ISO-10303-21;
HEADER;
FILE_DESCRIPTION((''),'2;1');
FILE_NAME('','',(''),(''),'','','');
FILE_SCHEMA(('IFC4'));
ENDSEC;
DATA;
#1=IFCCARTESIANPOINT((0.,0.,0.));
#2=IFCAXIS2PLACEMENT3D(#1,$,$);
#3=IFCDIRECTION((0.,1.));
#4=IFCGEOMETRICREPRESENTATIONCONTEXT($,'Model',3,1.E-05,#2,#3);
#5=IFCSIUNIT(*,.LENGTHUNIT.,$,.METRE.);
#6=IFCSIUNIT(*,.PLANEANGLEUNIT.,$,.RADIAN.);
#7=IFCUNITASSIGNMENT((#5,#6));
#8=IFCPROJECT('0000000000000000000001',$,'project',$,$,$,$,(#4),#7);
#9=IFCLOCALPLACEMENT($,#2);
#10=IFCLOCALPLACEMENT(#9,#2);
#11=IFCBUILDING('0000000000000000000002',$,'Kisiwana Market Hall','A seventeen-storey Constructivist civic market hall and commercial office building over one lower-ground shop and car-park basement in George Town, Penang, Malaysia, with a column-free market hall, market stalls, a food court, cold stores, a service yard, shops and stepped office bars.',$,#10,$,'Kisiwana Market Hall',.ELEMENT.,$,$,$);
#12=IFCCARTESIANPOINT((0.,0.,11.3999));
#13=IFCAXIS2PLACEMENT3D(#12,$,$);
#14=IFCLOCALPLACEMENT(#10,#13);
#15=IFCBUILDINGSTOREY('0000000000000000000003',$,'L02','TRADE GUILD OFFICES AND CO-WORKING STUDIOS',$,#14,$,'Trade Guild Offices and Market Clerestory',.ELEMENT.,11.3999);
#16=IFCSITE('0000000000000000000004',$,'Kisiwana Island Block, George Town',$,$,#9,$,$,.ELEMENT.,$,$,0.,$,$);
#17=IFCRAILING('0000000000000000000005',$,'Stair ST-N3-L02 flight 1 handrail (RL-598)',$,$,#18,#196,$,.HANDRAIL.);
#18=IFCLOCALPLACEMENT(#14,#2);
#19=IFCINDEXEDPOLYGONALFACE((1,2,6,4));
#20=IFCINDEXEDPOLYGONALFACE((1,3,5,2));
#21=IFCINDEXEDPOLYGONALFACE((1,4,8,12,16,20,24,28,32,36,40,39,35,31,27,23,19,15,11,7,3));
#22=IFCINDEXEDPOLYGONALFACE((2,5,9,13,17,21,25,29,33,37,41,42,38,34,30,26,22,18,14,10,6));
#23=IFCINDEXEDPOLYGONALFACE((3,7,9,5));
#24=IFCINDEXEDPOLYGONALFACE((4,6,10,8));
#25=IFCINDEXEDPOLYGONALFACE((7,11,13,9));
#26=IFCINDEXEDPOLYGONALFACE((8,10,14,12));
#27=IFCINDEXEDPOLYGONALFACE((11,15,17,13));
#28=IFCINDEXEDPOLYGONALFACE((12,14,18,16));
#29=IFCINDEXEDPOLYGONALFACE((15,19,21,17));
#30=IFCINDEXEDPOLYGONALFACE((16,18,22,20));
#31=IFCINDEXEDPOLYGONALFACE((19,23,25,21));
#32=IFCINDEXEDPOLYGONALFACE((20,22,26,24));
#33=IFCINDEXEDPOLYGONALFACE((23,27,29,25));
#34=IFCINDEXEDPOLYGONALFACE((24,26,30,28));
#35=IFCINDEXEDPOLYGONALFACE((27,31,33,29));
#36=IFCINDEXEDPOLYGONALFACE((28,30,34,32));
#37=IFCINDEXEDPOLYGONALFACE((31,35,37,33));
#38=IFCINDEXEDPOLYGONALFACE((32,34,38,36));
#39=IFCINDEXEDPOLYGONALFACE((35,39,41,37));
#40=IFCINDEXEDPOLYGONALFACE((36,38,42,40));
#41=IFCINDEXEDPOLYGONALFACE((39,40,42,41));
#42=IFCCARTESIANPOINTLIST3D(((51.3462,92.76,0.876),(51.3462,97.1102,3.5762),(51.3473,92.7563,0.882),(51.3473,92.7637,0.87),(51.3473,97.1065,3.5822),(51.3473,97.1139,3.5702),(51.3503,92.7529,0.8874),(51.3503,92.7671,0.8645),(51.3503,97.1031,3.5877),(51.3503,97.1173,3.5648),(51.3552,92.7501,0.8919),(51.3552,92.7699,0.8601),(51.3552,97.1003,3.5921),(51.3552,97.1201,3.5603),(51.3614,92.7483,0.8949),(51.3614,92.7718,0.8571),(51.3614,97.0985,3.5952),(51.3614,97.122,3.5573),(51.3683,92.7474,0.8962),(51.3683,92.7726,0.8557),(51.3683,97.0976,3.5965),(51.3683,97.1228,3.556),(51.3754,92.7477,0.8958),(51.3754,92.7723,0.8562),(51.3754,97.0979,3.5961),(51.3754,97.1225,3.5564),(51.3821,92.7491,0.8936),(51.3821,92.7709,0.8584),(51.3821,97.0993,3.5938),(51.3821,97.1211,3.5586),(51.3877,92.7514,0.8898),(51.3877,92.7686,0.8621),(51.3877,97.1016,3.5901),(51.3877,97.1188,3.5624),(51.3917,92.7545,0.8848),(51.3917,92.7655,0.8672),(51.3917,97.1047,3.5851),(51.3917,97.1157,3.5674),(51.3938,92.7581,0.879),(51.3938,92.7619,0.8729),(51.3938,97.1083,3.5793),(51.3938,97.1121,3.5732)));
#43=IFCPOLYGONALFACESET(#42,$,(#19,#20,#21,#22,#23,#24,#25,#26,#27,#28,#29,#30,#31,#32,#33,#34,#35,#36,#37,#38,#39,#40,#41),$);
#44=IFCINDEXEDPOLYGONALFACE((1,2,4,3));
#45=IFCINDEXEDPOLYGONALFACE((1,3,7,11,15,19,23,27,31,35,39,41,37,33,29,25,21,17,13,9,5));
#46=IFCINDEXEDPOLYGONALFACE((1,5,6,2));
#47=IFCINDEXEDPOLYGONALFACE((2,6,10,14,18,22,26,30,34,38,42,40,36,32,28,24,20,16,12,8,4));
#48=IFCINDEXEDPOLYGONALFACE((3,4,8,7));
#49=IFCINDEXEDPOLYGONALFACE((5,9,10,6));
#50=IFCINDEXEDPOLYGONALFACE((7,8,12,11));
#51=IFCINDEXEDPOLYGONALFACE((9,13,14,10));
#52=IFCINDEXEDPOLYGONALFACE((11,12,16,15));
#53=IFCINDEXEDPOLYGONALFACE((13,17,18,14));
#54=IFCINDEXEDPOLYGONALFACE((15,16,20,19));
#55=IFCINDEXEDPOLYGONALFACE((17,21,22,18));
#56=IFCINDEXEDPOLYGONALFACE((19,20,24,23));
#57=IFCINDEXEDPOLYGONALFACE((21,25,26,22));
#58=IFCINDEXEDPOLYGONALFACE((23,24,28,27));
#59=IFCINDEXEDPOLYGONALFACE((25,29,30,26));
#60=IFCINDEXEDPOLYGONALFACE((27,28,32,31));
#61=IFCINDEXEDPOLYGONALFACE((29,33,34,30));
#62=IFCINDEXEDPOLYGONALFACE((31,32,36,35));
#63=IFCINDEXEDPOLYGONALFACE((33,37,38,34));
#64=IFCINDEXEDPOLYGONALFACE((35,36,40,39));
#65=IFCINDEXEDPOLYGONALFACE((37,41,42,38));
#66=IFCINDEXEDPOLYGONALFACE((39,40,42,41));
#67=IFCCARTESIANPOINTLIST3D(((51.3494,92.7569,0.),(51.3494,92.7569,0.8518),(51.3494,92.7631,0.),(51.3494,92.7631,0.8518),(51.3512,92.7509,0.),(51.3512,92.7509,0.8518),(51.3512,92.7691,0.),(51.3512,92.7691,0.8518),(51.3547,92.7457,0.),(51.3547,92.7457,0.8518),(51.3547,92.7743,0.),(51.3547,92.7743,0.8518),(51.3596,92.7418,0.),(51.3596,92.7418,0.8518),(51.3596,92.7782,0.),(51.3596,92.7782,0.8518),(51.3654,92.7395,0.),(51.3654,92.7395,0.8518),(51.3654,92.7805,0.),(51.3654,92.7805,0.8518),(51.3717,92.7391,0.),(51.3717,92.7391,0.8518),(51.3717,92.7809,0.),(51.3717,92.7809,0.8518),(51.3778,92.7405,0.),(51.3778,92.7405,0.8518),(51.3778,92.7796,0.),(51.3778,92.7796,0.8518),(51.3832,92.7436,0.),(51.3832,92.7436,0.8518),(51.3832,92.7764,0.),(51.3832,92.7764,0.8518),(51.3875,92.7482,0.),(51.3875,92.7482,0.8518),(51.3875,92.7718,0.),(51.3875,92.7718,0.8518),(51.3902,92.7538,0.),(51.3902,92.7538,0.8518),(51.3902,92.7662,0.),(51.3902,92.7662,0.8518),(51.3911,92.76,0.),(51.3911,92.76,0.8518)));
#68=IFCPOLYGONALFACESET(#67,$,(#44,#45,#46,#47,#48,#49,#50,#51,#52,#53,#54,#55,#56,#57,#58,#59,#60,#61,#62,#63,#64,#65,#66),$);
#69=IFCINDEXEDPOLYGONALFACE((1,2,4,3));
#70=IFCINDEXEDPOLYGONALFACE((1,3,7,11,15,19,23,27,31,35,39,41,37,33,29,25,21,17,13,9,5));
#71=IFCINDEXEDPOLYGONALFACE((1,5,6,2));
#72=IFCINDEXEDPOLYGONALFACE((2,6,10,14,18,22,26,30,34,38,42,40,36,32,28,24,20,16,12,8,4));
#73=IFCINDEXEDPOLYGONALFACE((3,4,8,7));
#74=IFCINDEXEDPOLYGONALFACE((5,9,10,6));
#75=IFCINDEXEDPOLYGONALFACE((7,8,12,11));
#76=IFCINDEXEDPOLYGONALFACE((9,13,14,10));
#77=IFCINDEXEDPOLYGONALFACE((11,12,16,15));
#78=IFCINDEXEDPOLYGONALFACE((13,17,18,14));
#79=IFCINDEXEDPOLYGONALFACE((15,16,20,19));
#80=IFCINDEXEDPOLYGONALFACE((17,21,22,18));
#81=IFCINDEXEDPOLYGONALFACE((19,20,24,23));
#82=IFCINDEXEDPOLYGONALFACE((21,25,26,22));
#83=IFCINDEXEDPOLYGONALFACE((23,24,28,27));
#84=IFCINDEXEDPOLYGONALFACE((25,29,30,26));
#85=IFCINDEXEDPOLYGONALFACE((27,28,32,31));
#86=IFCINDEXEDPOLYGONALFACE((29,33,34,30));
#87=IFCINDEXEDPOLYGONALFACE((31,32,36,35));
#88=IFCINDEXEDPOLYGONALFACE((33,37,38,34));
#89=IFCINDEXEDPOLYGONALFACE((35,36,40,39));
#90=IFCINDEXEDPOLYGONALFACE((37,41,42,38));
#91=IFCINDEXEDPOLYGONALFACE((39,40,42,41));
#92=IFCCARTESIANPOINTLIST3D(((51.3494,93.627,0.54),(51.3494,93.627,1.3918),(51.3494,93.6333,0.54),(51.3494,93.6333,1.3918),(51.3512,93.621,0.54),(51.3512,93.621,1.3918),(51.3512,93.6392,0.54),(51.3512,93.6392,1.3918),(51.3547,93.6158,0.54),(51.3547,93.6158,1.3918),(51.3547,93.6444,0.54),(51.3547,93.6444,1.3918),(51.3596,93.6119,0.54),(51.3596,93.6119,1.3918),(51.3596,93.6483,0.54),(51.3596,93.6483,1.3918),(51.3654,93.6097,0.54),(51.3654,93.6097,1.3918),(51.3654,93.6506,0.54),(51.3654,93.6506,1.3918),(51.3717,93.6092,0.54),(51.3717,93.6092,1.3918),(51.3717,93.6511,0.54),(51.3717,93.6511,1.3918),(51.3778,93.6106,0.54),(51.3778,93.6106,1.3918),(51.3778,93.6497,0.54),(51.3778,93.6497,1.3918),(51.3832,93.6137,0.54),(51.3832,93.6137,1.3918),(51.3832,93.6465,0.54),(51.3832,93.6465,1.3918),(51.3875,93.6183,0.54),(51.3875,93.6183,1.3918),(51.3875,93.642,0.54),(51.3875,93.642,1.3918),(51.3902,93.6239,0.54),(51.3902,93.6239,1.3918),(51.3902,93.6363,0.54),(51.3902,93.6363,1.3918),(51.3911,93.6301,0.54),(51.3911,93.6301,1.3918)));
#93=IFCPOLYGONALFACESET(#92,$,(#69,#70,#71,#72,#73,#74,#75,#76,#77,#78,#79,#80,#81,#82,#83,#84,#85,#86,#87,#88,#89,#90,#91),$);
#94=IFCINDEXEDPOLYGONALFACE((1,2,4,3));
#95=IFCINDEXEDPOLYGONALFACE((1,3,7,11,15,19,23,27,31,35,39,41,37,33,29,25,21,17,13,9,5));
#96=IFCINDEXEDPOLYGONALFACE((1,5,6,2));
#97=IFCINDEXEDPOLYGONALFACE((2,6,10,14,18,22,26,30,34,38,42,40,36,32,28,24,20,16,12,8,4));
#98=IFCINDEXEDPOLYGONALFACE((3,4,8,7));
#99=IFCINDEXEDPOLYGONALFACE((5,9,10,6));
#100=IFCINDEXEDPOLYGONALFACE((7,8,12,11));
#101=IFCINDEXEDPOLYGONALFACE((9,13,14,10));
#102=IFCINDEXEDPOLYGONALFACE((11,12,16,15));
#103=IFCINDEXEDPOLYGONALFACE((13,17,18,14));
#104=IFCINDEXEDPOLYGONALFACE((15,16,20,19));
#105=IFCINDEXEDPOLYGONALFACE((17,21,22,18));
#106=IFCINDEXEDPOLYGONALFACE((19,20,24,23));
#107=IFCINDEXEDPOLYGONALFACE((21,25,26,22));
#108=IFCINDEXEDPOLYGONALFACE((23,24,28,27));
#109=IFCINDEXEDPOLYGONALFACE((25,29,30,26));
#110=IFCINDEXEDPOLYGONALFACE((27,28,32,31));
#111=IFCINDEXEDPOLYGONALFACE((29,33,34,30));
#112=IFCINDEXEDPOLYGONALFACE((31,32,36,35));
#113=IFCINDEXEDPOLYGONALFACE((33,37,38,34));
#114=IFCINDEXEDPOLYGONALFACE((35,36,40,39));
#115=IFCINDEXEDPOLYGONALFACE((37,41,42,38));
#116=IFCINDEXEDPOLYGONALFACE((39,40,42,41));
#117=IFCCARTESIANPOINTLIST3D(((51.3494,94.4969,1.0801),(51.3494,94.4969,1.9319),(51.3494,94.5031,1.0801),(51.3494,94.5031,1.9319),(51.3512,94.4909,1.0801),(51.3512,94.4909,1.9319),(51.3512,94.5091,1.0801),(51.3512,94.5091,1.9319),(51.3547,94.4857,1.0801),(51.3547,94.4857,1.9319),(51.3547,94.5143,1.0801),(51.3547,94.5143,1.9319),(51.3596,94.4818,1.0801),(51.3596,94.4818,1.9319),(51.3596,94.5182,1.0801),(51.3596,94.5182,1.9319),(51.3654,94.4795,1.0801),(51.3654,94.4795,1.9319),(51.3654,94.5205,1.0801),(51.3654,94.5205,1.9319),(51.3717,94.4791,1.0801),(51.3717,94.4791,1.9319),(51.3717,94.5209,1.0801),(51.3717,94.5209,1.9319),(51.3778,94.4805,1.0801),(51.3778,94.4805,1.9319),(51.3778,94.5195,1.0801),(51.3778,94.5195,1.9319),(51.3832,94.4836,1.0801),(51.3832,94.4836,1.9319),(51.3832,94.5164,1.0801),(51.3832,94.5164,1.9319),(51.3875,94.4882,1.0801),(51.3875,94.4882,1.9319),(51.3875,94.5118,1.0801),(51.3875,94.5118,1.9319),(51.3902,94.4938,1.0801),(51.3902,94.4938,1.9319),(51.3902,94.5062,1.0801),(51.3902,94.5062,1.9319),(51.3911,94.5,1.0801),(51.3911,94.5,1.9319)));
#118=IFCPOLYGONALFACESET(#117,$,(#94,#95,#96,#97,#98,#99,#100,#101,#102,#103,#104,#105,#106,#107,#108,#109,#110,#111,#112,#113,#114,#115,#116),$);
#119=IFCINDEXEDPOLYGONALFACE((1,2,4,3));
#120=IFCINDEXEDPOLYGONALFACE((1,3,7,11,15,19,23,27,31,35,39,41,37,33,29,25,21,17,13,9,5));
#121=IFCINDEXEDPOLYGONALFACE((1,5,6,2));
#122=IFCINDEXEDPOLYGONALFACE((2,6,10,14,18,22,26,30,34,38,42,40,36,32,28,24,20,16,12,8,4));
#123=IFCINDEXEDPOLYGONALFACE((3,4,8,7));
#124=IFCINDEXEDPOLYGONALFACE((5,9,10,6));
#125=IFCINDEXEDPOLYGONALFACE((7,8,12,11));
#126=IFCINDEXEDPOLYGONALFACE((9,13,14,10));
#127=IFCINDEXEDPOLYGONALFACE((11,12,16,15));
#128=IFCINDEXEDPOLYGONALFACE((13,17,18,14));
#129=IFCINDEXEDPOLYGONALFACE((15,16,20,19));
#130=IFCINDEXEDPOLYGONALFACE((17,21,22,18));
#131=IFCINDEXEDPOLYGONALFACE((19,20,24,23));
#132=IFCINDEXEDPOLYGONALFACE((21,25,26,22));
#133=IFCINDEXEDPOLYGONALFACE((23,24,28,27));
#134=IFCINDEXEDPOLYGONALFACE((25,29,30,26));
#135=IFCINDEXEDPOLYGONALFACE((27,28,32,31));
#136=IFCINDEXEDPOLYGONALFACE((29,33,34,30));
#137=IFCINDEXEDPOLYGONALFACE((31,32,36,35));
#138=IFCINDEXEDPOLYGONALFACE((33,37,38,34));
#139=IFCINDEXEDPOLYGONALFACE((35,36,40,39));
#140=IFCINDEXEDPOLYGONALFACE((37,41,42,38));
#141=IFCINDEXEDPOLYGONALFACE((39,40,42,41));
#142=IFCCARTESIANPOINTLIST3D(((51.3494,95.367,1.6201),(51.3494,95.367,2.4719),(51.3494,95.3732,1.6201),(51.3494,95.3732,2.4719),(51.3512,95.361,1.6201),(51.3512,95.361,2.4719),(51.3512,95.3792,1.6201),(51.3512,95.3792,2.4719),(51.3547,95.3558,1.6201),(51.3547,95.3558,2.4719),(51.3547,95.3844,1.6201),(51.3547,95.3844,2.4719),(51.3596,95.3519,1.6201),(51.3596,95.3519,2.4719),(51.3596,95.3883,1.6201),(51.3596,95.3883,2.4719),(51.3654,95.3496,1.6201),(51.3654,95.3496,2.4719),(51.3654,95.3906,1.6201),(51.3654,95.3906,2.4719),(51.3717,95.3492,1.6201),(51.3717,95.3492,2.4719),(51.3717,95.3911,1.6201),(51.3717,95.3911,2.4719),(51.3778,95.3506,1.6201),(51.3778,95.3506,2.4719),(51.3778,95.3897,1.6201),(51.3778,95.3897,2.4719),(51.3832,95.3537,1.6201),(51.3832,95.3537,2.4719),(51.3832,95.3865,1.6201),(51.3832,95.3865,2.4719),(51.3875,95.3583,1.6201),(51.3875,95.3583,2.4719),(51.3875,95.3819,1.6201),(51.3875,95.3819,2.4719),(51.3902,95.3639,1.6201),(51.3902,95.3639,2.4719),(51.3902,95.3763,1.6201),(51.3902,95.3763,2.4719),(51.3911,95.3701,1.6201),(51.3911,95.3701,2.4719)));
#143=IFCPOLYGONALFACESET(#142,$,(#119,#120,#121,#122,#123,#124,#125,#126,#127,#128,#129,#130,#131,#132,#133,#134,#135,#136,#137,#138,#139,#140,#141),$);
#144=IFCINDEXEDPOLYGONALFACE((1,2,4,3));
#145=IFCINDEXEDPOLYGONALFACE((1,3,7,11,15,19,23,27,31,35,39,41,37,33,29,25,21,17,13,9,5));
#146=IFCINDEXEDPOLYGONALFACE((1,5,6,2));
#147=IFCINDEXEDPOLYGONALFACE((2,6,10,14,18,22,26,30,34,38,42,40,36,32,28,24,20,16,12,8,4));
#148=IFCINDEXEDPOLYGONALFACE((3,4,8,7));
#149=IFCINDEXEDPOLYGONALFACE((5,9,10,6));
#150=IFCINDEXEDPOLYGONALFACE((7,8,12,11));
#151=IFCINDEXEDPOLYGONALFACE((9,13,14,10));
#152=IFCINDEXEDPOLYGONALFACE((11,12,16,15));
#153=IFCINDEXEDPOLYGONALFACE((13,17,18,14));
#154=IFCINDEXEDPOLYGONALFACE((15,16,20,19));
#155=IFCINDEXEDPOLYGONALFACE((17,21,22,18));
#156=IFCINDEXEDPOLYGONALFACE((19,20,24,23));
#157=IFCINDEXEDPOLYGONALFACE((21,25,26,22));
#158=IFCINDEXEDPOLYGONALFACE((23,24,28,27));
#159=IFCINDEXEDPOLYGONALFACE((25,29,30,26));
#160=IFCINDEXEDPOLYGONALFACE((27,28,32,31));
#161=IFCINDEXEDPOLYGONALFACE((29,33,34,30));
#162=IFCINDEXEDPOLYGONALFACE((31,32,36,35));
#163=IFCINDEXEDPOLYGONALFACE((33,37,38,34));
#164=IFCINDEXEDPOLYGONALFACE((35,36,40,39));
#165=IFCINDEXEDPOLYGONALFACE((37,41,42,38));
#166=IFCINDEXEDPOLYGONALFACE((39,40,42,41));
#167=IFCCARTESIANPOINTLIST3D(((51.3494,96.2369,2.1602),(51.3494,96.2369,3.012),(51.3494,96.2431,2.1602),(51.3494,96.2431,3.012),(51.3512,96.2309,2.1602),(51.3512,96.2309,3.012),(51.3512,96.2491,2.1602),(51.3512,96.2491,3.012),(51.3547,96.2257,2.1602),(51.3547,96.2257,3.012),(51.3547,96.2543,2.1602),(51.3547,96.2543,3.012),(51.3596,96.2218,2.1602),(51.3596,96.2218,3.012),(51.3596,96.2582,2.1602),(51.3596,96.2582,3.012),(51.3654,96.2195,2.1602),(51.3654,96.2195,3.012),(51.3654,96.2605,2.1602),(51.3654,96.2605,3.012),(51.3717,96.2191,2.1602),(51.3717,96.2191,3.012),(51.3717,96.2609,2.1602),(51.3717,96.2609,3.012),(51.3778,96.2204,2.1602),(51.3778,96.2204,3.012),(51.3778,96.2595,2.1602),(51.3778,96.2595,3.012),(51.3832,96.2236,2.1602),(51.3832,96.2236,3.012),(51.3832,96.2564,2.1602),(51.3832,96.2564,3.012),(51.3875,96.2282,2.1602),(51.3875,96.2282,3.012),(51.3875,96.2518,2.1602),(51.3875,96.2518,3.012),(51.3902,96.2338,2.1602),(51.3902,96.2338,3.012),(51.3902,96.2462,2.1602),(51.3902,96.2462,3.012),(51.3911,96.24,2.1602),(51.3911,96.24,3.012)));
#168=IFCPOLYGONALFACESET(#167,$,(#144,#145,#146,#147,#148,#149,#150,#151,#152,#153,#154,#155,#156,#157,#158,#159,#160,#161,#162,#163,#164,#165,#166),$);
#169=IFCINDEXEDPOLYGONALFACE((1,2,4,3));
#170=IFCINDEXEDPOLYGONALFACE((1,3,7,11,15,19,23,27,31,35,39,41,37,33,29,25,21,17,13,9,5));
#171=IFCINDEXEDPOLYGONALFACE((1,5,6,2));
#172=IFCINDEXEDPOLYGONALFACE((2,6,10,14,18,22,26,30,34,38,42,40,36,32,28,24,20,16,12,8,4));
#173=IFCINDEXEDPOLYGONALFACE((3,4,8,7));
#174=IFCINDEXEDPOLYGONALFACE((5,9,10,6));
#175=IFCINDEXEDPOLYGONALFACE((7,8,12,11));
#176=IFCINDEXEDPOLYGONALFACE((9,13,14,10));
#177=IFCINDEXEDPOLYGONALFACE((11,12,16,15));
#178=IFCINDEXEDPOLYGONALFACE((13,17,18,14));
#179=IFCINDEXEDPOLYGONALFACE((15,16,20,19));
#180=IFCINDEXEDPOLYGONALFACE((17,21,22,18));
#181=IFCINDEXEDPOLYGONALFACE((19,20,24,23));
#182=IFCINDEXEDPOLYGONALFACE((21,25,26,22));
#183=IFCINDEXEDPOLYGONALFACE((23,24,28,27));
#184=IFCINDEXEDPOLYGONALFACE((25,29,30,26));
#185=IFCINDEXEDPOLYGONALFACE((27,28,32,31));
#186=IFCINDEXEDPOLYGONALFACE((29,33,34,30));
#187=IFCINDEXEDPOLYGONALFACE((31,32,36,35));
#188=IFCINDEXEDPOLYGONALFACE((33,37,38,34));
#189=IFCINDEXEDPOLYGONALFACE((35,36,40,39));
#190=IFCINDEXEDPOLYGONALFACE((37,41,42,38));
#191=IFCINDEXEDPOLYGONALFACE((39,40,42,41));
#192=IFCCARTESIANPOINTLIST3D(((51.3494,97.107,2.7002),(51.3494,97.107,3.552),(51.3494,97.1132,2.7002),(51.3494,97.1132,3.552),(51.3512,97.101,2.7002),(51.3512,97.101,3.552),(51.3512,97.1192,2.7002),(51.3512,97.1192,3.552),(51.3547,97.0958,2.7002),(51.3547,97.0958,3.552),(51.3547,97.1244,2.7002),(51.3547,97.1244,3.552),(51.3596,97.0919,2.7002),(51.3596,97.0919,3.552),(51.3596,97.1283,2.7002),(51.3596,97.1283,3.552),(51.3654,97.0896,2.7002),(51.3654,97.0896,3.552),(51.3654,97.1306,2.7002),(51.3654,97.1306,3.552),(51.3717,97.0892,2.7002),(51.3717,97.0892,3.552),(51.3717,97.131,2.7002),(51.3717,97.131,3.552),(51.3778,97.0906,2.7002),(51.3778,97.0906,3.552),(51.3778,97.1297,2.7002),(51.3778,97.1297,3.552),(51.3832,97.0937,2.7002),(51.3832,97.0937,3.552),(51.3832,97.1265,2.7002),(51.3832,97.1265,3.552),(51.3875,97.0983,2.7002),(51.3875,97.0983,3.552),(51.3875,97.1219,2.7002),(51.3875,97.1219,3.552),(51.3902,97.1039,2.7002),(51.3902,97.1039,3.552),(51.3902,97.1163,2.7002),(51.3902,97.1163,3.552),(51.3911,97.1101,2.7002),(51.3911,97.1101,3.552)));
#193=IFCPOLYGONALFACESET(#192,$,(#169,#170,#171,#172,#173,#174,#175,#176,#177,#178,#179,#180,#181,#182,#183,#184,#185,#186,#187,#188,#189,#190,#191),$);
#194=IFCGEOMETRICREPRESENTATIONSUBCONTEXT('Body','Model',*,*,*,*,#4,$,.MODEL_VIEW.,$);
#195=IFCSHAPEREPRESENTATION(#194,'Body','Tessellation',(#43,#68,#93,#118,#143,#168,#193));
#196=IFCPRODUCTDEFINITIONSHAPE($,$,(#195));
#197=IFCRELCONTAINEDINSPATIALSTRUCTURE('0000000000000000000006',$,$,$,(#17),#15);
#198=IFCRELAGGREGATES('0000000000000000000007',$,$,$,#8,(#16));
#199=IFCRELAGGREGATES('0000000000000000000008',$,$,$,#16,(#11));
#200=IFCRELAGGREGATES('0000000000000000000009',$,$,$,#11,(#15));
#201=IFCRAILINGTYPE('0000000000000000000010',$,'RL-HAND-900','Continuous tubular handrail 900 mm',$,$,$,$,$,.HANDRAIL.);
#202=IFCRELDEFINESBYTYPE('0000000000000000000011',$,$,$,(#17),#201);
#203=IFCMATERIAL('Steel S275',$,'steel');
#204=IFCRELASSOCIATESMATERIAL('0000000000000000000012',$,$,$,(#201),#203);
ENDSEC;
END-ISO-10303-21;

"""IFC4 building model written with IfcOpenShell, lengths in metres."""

from ifc_helpers import new_model, si_unit, direction, frame, origin, origin_2d, place, context, subcontext, project, spatial, circle, extrude, material, type_object, element, save


model = new_model("IFC4")

# Units and contexts
model_context = context("Model", 3, precision=1e-05, world=origin(), true_north=direction((0.0, 1.0)))
body_context = subcontext(model_context, "Body", "Model", "MODEL_VIEW")
ifc_project = project(units=[si_unit("LENGTHUNIT", "METRE"), si_unit("PLANEANGLEUNIT", "RADIAN")], contexts=[model_context])

# Site, building, storey
site_placement = place(None, origin())
site = spatial("IfcSite", under=ifc_project, at=site_placement, Name="Kisiwana Island Block, George Town", CompositionType="ELEMENT", RefElevation=0.0)
building_placement = place(site_placement, origin())
building = spatial("IfcBuilding", under=site, at=building_placement, Name="Kisiwana Market Hall", Description="A seventeen-storey Constructivist civic market hall and commercial office building over one lower-ground shop and car-park basement in George Town, Penang, Malaysia, with a column-free market hall, market stalls, a food court, cold stores, a service yard, shops and stepped office bars.", LongName="Kisiwana Market Hall", CompositionType="ELEMENT")
storey_placement = place(building_placement, frame((0.0, 0.0, 11.3999)))
storey = spatial("IfcBuildingStorey", under=building, at=storey_placement, Name="L02", Description="TRADE GUILD OFFICES AND CO-WORKING STUDIOS", LongName="Trade Guild Offices and Market Clerestory", CompositionType="ELEMENT", Elevation=11.3999)

# Railing
ifc_material_1 = material(Name="Steel S275", Category="steel")
railing_type_1 = type_object("IfcRailingType", Name="RL-HAND-900", Description="Continuous tubular handrail 900 mm", PredefinedType="HANDRAIL", material=ifc_material_1)
railing_1_placement = place(storey_placement, frame((51.3701, 92.76, 0.0)))
element("IfcRailing", 1, at=railing_1_placement, inside=storey, type_object=railing_type_1, Name="Stair ST-N3-L02 flight 1 handrail (RL-598)", PredefinedType="HANDRAIL", context=body_context, shape_type="SweptSolid", body=[
    extrude(circle(Radius=0.0239, at=origin_2d()), frame((0.0, 0.0, 0.876), z_axis=(0.0, 0.849628, 0.527382), x_axis=(-1.0, 0.0, 0.0)), (0.0, 0.0, 1.0), 5.1201),
    extrude(circle(Radius=0.021, at=origin_2d()), origin(), (0.0, 0.0, 1.0), 0.8518),
    extrude(circle(Radius=0.021, at=origin_2d()), frame((0.0, 0.8701, 0.54)), (0.0, 0.0, 1.0), 0.8518),
    extrude(circle(Radius=0.021, at=origin_2d()), frame((0.0, 1.74, 1.0801)), (0.0, 0.0, 1.0), 0.8518),
    extrude(circle(Radius=0.021, at=origin_2d()), frame((0.0, 2.6101, 1.6201)), (0.0, 0.0, 1.0), 0.8518),
    extrude(circle(Radius=0.021, at=origin_2d()), frame((0.0, 3.48, 2.1602)), (0.0, 0.0, 1.0), 0.8518),
    extrude(circle(Radius=0.021, at=origin_2d()), frame((0.0, 4.3501, 2.7002)), (0.0, 0.0, 1.0), 0.8518),
])

save(model, "model.ifc")
